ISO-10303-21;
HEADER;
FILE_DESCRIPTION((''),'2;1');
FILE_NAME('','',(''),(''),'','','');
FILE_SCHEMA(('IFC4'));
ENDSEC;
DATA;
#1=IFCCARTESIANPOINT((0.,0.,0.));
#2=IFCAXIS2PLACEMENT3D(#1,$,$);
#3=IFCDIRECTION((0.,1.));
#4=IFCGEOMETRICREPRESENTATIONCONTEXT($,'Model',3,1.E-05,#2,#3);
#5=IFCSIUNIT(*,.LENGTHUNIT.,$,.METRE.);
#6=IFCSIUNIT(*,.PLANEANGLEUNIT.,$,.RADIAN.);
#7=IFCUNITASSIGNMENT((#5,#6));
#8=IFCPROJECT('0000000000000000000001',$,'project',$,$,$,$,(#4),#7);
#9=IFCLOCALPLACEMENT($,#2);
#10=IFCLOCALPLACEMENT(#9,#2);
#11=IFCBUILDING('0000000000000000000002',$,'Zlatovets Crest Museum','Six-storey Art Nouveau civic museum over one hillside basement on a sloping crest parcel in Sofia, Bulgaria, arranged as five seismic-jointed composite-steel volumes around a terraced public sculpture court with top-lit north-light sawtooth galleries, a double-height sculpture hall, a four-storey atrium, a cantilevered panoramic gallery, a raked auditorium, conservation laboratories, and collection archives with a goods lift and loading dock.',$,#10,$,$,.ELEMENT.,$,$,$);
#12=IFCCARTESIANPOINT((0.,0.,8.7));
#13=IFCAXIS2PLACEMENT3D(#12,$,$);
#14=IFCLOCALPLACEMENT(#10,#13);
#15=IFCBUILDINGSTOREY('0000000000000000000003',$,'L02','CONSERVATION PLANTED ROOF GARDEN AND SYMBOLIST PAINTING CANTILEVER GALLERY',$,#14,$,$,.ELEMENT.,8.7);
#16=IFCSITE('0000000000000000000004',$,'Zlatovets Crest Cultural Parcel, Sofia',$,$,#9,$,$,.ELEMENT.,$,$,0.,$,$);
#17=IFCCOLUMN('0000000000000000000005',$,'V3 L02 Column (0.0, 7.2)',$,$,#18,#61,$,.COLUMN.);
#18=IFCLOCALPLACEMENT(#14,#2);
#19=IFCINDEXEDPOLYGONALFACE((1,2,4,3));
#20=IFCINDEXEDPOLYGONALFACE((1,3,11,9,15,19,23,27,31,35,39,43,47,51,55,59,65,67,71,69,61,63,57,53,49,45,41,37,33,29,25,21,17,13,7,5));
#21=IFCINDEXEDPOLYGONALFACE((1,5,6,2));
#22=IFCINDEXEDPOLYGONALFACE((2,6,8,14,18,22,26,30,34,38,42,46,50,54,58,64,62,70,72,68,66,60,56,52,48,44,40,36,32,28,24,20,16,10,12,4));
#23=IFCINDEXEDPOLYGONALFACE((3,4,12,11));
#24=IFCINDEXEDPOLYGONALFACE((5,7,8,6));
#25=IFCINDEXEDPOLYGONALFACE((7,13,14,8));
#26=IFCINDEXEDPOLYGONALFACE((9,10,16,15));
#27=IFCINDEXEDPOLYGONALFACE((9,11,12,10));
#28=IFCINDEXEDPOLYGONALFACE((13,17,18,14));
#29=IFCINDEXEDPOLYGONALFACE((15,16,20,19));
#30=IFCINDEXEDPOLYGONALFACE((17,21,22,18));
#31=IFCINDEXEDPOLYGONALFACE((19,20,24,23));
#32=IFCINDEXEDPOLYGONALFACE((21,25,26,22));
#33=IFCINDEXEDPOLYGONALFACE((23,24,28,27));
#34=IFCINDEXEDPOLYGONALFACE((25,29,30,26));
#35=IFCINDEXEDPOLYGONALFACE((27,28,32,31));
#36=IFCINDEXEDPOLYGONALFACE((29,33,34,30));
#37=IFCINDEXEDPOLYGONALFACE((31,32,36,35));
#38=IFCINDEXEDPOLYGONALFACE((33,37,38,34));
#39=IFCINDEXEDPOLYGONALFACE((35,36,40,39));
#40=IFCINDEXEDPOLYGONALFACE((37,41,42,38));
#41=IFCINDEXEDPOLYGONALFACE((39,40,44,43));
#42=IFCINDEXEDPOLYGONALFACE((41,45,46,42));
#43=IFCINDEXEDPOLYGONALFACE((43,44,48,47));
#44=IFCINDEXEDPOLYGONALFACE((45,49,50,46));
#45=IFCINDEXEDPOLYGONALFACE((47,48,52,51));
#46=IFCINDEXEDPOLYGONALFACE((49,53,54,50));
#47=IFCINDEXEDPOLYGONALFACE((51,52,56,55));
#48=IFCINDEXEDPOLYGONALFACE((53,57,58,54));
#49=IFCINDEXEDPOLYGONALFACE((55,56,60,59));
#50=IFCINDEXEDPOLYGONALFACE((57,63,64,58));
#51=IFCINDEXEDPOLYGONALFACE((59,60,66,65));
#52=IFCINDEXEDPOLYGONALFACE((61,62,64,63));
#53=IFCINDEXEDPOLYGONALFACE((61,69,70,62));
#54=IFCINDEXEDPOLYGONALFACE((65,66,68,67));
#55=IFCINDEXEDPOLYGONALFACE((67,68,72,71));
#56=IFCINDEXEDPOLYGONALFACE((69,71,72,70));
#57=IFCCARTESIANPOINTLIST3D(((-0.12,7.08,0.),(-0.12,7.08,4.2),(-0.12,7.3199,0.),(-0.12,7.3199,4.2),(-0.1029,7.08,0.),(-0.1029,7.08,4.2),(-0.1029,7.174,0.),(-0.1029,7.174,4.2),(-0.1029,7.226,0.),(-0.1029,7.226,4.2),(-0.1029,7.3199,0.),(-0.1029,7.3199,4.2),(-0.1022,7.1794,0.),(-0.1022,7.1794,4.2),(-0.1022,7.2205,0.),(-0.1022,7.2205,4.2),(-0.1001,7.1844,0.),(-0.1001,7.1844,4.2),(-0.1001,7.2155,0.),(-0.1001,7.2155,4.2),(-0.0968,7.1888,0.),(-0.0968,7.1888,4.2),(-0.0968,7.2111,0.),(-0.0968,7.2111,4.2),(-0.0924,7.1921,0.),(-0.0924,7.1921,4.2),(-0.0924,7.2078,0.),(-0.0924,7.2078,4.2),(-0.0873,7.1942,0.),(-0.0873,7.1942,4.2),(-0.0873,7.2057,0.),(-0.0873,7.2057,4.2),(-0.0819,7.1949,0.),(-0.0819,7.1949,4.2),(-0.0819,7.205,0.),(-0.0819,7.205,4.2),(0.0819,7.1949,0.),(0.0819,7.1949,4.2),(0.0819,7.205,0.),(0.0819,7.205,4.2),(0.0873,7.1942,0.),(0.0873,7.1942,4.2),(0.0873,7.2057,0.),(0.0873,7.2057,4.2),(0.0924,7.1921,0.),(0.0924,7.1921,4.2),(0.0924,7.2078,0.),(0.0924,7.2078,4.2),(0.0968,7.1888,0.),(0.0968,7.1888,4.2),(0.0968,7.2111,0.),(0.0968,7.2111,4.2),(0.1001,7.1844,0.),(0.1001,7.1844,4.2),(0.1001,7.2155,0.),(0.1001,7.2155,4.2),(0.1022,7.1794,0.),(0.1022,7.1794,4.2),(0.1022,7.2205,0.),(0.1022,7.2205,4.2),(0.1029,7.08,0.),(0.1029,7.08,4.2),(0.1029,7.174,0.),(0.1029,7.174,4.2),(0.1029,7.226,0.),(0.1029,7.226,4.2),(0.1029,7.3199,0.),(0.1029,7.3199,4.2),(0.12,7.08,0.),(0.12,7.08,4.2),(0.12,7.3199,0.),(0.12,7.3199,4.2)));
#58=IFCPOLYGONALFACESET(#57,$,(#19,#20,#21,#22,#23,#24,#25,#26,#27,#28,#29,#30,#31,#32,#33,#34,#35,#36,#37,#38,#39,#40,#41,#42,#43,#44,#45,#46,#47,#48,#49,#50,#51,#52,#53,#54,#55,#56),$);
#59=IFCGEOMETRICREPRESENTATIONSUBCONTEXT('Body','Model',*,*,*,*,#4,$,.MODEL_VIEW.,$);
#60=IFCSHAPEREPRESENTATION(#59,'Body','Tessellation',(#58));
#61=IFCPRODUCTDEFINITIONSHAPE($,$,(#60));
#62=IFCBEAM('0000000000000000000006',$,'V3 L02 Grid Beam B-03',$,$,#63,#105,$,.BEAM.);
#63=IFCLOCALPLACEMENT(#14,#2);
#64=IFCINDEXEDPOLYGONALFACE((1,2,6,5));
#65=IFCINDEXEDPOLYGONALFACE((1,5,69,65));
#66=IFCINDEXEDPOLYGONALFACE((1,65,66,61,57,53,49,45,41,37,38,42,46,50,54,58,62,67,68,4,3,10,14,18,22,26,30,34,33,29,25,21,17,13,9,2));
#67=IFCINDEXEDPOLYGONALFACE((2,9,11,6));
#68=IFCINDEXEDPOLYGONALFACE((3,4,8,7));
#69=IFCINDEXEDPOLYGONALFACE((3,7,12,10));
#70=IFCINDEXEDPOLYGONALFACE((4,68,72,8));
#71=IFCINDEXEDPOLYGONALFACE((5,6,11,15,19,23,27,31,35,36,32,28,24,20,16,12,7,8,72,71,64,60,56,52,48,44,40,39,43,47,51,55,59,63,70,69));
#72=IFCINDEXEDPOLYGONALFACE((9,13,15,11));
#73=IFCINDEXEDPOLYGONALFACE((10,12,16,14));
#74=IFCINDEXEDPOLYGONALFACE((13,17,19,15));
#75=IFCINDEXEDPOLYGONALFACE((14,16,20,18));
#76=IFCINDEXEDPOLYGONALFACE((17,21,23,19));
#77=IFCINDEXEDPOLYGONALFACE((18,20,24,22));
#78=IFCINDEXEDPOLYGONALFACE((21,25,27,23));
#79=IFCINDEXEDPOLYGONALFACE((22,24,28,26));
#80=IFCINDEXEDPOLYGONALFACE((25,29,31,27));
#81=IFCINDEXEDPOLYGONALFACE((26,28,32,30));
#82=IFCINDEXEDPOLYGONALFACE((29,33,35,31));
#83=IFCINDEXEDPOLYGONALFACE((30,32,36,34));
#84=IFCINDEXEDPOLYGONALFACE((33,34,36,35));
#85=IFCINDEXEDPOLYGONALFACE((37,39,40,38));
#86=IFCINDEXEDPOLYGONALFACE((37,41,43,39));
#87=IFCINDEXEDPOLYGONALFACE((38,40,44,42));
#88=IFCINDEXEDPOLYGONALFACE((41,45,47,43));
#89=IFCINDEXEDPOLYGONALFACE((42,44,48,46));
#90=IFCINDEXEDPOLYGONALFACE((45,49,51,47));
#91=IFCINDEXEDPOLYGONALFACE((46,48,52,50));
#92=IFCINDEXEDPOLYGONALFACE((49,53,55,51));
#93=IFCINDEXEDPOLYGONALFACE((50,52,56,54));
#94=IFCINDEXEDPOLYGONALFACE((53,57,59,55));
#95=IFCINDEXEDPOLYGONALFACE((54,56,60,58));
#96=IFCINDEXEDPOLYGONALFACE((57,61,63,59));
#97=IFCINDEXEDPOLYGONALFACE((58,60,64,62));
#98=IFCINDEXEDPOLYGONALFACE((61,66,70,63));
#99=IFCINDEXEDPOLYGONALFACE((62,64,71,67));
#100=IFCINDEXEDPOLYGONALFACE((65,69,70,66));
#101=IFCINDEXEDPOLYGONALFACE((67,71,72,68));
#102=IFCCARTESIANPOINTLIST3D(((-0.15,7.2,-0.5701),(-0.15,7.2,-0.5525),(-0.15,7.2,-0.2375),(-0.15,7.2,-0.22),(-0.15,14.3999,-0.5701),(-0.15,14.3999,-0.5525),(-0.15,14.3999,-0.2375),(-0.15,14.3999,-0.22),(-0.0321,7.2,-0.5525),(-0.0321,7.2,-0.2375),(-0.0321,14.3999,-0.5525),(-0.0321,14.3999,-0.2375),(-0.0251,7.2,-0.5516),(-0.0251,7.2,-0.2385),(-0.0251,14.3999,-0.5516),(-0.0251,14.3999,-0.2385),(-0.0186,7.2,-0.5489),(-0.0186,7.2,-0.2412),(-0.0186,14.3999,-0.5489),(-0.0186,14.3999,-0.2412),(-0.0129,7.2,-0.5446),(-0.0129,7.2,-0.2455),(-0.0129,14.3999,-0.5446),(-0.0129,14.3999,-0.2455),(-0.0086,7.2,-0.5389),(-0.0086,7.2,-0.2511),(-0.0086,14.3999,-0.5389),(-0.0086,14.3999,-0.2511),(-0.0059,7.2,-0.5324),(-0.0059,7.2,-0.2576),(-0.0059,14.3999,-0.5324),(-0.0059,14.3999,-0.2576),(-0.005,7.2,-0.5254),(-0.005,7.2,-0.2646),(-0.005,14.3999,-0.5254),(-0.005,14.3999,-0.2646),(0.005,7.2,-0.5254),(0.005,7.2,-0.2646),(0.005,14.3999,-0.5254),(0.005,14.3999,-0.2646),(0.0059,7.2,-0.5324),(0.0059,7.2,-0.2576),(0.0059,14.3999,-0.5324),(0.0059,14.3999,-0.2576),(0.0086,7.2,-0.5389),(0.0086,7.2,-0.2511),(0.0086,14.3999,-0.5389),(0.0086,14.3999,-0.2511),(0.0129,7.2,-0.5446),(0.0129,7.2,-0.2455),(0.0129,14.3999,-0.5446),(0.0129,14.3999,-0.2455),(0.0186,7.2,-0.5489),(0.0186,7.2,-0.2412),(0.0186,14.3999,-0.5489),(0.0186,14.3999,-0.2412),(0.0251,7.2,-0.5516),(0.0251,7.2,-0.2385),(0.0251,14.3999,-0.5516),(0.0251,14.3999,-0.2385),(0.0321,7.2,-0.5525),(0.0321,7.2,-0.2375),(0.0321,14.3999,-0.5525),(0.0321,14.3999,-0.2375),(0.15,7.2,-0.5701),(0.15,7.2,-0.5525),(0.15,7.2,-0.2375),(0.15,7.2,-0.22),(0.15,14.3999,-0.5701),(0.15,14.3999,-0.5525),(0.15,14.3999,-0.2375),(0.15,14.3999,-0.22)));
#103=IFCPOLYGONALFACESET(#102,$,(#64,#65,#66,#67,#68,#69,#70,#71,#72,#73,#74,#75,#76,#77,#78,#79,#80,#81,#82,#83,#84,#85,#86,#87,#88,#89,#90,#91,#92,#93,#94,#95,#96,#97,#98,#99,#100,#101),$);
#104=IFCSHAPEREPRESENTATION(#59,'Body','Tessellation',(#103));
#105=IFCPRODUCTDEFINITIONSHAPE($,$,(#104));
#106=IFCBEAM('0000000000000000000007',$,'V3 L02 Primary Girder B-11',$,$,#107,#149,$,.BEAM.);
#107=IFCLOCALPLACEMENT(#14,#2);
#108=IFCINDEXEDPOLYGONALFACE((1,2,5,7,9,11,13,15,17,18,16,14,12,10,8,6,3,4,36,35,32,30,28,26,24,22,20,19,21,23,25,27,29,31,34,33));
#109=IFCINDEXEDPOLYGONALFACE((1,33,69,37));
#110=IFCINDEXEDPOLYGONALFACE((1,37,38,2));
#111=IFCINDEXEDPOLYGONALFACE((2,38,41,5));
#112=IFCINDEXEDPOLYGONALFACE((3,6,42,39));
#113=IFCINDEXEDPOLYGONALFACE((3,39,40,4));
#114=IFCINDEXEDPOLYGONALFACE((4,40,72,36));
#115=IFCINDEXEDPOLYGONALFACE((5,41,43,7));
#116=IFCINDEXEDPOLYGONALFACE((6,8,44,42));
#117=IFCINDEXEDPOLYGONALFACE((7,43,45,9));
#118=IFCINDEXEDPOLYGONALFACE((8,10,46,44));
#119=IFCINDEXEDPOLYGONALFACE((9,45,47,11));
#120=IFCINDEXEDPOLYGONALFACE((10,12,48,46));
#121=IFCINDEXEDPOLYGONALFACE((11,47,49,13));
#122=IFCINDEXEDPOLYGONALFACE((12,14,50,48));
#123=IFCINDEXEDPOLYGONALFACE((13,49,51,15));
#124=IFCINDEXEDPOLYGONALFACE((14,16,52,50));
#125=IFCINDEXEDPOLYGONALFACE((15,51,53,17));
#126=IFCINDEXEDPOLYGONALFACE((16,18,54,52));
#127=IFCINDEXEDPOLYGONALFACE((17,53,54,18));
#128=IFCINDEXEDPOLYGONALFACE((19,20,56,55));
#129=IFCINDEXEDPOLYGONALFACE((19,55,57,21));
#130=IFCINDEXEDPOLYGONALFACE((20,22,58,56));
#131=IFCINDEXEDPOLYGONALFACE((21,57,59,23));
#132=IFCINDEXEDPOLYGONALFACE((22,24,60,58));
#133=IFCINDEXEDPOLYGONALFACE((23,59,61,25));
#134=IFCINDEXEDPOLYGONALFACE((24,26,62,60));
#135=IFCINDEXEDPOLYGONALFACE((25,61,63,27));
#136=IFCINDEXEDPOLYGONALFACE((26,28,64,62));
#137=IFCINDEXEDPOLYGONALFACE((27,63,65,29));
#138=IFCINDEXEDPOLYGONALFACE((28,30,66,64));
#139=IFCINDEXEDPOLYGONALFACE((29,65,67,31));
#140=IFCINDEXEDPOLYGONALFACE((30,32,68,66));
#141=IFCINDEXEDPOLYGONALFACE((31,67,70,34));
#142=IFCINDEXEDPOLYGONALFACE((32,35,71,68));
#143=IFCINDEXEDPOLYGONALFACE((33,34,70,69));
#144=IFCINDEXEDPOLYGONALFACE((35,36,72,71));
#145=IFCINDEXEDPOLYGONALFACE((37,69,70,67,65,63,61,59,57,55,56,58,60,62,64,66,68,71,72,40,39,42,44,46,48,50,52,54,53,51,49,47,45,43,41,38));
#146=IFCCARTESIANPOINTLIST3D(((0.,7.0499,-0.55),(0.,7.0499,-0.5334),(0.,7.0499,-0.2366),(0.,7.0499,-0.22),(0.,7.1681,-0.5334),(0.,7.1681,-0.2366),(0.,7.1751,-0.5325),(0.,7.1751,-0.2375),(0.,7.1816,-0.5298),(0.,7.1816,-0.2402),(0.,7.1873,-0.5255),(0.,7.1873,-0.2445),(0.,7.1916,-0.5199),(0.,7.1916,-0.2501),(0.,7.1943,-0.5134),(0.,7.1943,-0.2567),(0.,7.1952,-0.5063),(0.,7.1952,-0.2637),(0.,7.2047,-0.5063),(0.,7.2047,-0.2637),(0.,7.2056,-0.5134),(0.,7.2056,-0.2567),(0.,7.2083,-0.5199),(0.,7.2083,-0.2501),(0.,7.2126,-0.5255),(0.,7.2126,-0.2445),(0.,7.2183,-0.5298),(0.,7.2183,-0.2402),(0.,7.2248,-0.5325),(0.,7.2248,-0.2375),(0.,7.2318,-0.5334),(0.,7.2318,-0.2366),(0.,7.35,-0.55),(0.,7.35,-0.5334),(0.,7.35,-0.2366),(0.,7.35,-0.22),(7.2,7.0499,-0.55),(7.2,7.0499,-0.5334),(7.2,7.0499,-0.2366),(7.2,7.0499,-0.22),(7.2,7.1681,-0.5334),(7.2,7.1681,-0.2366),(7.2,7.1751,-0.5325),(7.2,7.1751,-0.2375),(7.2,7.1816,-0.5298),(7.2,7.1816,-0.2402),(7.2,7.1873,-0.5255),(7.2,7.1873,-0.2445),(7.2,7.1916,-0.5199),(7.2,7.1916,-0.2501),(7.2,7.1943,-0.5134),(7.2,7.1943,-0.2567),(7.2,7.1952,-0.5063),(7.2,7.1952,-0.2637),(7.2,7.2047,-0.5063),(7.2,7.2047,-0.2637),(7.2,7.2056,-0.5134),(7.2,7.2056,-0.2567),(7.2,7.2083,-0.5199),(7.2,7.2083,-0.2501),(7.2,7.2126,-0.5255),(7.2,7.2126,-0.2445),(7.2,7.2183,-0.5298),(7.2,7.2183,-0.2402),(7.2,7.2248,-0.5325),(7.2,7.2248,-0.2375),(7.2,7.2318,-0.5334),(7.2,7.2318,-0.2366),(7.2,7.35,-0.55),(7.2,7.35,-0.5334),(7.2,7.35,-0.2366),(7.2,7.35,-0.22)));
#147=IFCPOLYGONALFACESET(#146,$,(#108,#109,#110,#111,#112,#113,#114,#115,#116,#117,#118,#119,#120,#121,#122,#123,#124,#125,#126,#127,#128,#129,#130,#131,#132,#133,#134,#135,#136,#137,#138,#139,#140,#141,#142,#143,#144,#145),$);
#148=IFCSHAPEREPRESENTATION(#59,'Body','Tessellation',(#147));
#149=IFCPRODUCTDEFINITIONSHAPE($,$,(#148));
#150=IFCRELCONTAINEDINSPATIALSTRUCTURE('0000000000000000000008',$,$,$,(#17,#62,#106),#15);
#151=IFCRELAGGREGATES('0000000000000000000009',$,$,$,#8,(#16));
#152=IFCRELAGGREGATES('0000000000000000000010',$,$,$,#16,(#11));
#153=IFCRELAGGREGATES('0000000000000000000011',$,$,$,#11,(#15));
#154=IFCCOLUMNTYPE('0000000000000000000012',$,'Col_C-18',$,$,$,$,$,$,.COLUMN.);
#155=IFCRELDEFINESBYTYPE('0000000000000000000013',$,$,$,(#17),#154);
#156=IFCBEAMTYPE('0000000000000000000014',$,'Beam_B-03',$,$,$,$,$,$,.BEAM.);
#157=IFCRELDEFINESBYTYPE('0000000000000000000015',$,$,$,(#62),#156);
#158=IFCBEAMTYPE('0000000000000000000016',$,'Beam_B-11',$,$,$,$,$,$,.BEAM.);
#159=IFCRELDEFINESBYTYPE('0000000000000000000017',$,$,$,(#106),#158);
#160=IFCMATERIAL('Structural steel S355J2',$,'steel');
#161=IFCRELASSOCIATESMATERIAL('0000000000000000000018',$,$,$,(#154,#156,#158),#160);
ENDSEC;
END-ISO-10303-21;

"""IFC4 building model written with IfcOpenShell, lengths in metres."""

from ifc_helpers import new_model, si_unit, direction, frame, origin, origin_2d, place, context, subcontext, project, spatial, i_section, extrude, material, material_profile, profile_set, type_object, element, save


model = new_model("IFC4")

# Units and contexts
model_context = context("Model", 3, precision=1e-05, world=origin(), true_north=direction((0.0, 1.0)))
body_context = subcontext(model_context, "Body", "Model", "MODEL_VIEW")
ifc_project = project(units=[si_unit("LENGTHUNIT", "METRE"), si_unit("PLANEANGLEUNIT", "RADIAN")], contexts=[model_context])

# Site, building, storey
site_placement = place(None, origin())
site = spatial("IfcSite", under=ifc_project, at=site_placement, Name="Zlatovets Crest Cultural Parcel, Sofia", CompositionType="ELEMENT", RefElevation=0.0)
building_placement = place(site_placement, origin())
building = spatial("IfcBuilding", under=site, at=building_placement, Name="Zlatovets Crest Museum", Description="Six-storey Art Nouveau civic museum over one hillside basement on a sloping crest parcel in Sofia, Bulgaria, arranged as five seismic-jointed composite-steel volumes around a terraced public sculpture court with top-lit north-light sawtooth galleries, a double-height sculpture hall, a four-storey atrium, a cantilevered panoramic gallery, a raked auditorium, conservation laboratories, and collection archives with a goods lift and loading dock.", CompositionType="ELEMENT")
storey_placement = place(building_placement, frame((0.0, 0.0, 8.7)))
storey = spatial("IfcBuildingStorey", under=building, at=storey_placement, Name="L02", Description="CONSERVATION PLANTED ROOF GARDEN AND SYMBOLIST PAINTING CANTILEVER GALLERY", CompositionType="ELEMENT", Elevation=8.7)

# Column
ifc_material_1 = material(Name="Structural steel S355J2", Category="steel")
ifc_material_profile_1 = material_profile(ifc_material_1, i_section(OverallWidth=0.24, OverallDepth=0.24, WebThickness=0.01, FlangeThickness=0.0171, FilletRadius=0.021, at=origin_2d()), Name="HEB 240")
ifc_profile_set_1 = profile_set([ifc_material_profile_1], Name="Structural steel S355J2")
column_type = type_object("IfcColumnType", Name="Col_C-18", PredefinedType="COLUMN", material=ifc_profile_set_1)
column_placement = place(storey_placement, frame((0.0, 7.2, 0.0), z_axis=(0.0, 0.0, 1.0), x_axis=(0.0, 1.0, 0.0)))
element("IfcColumn", 1, at=column_placement, inside=storey, type_object=column_type, Name="V3 L02 Column (0.0, 7.2)", PredefinedType="COLUMN", context=body_context, shape_type="SweptSolid", body=[
    extrude(i_section(OverallWidth=0.24, OverallDepth=0.24, WebThickness=0.01, FlangeThickness=0.0171, FilletRadius=0.021, at=origin_2d()), origin(), (0.0, 0.0, 1.0), 4.2),
])

# Beams
ifc_material_profile_2 = material_profile(ifc_material_1, i_section(OverallWidth=0.3, OverallDepth=0.3501, WebThickness=0.01, FlangeThickness=0.0176, FilletRadius=0.0271, at=origin_2d()), Name="HEA 360")
ifc_profile_set_2 = profile_set([ifc_material_profile_2], Name="Structural steel S355J2")
beam_type_1 = type_object("IfcBeamType", Name="Beam_B-03", PredefinedType="BEAM", material=ifc_profile_set_2)
beam_1_placement = place(storey_placement, frame((0.0, 7.2, -0.395), z_axis=(0.0, 1.0, 0.0), x_axis=(-1.0, 0.0, 0.0)))
element("IfcBeam", 2, at=beam_1_placement, inside=storey, type_object=beam_type_1, Name="V3 L02 Grid Beam B-03", PredefinedType="BEAM", context=body_context, shape_type="SweptSolid", body=[
    extrude(i_section(OverallWidth=0.3, OverallDepth=0.3501, WebThickness=0.01, FlangeThickness=0.0176, FilletRadius=0.0271, at=origin_2d()), origin(), (0.0, 0.0, 1.0), 7.2),
])
ifc_material_profile_3 = material_profile(ifc_material_1, i_section(OverallWidth=0.3, OverallDepth=0.3301, WebThickness=0.0095, FlangeThickness=0.0166, FilletRadius=0.0271, at=origin_2d()), Name="HEA 340")
ifc_profile_set_3 = profile_set([ifc_material_profile_3], Name="Structural steel S355J2")
beam_type_2 = type_object("IfcBeamType", Name="Beam_B-11", PredefinedType="BEAM", material=ifc_profile_set_3)
beam_2_placement = place(storey_placement, frame((0.0, 7.2, -0.385), z_axis=(1.0, 0.0, 0.0), x_axis=(0.0, 1.0, 0.0)))
element("IfcBeam", 3, at=beam_2_placement, inside=storey, type_object=beam_type_2, Name="V3 L02 Primary Girder B-11", PredefinedType="BEAM", context=body_context, shape_type="SweptSolid", body=[
    extrude(i_section(OverallWidth=0.3, OverallDepth=0.3301, WebThickness=0.0095, FlangeThickness=0.0166, FilletRadius=0.0271, at=origin_2d()), origin(), (0.0, 0.0, 1.0), 7.2),
])

save(model, "model.ifc")
